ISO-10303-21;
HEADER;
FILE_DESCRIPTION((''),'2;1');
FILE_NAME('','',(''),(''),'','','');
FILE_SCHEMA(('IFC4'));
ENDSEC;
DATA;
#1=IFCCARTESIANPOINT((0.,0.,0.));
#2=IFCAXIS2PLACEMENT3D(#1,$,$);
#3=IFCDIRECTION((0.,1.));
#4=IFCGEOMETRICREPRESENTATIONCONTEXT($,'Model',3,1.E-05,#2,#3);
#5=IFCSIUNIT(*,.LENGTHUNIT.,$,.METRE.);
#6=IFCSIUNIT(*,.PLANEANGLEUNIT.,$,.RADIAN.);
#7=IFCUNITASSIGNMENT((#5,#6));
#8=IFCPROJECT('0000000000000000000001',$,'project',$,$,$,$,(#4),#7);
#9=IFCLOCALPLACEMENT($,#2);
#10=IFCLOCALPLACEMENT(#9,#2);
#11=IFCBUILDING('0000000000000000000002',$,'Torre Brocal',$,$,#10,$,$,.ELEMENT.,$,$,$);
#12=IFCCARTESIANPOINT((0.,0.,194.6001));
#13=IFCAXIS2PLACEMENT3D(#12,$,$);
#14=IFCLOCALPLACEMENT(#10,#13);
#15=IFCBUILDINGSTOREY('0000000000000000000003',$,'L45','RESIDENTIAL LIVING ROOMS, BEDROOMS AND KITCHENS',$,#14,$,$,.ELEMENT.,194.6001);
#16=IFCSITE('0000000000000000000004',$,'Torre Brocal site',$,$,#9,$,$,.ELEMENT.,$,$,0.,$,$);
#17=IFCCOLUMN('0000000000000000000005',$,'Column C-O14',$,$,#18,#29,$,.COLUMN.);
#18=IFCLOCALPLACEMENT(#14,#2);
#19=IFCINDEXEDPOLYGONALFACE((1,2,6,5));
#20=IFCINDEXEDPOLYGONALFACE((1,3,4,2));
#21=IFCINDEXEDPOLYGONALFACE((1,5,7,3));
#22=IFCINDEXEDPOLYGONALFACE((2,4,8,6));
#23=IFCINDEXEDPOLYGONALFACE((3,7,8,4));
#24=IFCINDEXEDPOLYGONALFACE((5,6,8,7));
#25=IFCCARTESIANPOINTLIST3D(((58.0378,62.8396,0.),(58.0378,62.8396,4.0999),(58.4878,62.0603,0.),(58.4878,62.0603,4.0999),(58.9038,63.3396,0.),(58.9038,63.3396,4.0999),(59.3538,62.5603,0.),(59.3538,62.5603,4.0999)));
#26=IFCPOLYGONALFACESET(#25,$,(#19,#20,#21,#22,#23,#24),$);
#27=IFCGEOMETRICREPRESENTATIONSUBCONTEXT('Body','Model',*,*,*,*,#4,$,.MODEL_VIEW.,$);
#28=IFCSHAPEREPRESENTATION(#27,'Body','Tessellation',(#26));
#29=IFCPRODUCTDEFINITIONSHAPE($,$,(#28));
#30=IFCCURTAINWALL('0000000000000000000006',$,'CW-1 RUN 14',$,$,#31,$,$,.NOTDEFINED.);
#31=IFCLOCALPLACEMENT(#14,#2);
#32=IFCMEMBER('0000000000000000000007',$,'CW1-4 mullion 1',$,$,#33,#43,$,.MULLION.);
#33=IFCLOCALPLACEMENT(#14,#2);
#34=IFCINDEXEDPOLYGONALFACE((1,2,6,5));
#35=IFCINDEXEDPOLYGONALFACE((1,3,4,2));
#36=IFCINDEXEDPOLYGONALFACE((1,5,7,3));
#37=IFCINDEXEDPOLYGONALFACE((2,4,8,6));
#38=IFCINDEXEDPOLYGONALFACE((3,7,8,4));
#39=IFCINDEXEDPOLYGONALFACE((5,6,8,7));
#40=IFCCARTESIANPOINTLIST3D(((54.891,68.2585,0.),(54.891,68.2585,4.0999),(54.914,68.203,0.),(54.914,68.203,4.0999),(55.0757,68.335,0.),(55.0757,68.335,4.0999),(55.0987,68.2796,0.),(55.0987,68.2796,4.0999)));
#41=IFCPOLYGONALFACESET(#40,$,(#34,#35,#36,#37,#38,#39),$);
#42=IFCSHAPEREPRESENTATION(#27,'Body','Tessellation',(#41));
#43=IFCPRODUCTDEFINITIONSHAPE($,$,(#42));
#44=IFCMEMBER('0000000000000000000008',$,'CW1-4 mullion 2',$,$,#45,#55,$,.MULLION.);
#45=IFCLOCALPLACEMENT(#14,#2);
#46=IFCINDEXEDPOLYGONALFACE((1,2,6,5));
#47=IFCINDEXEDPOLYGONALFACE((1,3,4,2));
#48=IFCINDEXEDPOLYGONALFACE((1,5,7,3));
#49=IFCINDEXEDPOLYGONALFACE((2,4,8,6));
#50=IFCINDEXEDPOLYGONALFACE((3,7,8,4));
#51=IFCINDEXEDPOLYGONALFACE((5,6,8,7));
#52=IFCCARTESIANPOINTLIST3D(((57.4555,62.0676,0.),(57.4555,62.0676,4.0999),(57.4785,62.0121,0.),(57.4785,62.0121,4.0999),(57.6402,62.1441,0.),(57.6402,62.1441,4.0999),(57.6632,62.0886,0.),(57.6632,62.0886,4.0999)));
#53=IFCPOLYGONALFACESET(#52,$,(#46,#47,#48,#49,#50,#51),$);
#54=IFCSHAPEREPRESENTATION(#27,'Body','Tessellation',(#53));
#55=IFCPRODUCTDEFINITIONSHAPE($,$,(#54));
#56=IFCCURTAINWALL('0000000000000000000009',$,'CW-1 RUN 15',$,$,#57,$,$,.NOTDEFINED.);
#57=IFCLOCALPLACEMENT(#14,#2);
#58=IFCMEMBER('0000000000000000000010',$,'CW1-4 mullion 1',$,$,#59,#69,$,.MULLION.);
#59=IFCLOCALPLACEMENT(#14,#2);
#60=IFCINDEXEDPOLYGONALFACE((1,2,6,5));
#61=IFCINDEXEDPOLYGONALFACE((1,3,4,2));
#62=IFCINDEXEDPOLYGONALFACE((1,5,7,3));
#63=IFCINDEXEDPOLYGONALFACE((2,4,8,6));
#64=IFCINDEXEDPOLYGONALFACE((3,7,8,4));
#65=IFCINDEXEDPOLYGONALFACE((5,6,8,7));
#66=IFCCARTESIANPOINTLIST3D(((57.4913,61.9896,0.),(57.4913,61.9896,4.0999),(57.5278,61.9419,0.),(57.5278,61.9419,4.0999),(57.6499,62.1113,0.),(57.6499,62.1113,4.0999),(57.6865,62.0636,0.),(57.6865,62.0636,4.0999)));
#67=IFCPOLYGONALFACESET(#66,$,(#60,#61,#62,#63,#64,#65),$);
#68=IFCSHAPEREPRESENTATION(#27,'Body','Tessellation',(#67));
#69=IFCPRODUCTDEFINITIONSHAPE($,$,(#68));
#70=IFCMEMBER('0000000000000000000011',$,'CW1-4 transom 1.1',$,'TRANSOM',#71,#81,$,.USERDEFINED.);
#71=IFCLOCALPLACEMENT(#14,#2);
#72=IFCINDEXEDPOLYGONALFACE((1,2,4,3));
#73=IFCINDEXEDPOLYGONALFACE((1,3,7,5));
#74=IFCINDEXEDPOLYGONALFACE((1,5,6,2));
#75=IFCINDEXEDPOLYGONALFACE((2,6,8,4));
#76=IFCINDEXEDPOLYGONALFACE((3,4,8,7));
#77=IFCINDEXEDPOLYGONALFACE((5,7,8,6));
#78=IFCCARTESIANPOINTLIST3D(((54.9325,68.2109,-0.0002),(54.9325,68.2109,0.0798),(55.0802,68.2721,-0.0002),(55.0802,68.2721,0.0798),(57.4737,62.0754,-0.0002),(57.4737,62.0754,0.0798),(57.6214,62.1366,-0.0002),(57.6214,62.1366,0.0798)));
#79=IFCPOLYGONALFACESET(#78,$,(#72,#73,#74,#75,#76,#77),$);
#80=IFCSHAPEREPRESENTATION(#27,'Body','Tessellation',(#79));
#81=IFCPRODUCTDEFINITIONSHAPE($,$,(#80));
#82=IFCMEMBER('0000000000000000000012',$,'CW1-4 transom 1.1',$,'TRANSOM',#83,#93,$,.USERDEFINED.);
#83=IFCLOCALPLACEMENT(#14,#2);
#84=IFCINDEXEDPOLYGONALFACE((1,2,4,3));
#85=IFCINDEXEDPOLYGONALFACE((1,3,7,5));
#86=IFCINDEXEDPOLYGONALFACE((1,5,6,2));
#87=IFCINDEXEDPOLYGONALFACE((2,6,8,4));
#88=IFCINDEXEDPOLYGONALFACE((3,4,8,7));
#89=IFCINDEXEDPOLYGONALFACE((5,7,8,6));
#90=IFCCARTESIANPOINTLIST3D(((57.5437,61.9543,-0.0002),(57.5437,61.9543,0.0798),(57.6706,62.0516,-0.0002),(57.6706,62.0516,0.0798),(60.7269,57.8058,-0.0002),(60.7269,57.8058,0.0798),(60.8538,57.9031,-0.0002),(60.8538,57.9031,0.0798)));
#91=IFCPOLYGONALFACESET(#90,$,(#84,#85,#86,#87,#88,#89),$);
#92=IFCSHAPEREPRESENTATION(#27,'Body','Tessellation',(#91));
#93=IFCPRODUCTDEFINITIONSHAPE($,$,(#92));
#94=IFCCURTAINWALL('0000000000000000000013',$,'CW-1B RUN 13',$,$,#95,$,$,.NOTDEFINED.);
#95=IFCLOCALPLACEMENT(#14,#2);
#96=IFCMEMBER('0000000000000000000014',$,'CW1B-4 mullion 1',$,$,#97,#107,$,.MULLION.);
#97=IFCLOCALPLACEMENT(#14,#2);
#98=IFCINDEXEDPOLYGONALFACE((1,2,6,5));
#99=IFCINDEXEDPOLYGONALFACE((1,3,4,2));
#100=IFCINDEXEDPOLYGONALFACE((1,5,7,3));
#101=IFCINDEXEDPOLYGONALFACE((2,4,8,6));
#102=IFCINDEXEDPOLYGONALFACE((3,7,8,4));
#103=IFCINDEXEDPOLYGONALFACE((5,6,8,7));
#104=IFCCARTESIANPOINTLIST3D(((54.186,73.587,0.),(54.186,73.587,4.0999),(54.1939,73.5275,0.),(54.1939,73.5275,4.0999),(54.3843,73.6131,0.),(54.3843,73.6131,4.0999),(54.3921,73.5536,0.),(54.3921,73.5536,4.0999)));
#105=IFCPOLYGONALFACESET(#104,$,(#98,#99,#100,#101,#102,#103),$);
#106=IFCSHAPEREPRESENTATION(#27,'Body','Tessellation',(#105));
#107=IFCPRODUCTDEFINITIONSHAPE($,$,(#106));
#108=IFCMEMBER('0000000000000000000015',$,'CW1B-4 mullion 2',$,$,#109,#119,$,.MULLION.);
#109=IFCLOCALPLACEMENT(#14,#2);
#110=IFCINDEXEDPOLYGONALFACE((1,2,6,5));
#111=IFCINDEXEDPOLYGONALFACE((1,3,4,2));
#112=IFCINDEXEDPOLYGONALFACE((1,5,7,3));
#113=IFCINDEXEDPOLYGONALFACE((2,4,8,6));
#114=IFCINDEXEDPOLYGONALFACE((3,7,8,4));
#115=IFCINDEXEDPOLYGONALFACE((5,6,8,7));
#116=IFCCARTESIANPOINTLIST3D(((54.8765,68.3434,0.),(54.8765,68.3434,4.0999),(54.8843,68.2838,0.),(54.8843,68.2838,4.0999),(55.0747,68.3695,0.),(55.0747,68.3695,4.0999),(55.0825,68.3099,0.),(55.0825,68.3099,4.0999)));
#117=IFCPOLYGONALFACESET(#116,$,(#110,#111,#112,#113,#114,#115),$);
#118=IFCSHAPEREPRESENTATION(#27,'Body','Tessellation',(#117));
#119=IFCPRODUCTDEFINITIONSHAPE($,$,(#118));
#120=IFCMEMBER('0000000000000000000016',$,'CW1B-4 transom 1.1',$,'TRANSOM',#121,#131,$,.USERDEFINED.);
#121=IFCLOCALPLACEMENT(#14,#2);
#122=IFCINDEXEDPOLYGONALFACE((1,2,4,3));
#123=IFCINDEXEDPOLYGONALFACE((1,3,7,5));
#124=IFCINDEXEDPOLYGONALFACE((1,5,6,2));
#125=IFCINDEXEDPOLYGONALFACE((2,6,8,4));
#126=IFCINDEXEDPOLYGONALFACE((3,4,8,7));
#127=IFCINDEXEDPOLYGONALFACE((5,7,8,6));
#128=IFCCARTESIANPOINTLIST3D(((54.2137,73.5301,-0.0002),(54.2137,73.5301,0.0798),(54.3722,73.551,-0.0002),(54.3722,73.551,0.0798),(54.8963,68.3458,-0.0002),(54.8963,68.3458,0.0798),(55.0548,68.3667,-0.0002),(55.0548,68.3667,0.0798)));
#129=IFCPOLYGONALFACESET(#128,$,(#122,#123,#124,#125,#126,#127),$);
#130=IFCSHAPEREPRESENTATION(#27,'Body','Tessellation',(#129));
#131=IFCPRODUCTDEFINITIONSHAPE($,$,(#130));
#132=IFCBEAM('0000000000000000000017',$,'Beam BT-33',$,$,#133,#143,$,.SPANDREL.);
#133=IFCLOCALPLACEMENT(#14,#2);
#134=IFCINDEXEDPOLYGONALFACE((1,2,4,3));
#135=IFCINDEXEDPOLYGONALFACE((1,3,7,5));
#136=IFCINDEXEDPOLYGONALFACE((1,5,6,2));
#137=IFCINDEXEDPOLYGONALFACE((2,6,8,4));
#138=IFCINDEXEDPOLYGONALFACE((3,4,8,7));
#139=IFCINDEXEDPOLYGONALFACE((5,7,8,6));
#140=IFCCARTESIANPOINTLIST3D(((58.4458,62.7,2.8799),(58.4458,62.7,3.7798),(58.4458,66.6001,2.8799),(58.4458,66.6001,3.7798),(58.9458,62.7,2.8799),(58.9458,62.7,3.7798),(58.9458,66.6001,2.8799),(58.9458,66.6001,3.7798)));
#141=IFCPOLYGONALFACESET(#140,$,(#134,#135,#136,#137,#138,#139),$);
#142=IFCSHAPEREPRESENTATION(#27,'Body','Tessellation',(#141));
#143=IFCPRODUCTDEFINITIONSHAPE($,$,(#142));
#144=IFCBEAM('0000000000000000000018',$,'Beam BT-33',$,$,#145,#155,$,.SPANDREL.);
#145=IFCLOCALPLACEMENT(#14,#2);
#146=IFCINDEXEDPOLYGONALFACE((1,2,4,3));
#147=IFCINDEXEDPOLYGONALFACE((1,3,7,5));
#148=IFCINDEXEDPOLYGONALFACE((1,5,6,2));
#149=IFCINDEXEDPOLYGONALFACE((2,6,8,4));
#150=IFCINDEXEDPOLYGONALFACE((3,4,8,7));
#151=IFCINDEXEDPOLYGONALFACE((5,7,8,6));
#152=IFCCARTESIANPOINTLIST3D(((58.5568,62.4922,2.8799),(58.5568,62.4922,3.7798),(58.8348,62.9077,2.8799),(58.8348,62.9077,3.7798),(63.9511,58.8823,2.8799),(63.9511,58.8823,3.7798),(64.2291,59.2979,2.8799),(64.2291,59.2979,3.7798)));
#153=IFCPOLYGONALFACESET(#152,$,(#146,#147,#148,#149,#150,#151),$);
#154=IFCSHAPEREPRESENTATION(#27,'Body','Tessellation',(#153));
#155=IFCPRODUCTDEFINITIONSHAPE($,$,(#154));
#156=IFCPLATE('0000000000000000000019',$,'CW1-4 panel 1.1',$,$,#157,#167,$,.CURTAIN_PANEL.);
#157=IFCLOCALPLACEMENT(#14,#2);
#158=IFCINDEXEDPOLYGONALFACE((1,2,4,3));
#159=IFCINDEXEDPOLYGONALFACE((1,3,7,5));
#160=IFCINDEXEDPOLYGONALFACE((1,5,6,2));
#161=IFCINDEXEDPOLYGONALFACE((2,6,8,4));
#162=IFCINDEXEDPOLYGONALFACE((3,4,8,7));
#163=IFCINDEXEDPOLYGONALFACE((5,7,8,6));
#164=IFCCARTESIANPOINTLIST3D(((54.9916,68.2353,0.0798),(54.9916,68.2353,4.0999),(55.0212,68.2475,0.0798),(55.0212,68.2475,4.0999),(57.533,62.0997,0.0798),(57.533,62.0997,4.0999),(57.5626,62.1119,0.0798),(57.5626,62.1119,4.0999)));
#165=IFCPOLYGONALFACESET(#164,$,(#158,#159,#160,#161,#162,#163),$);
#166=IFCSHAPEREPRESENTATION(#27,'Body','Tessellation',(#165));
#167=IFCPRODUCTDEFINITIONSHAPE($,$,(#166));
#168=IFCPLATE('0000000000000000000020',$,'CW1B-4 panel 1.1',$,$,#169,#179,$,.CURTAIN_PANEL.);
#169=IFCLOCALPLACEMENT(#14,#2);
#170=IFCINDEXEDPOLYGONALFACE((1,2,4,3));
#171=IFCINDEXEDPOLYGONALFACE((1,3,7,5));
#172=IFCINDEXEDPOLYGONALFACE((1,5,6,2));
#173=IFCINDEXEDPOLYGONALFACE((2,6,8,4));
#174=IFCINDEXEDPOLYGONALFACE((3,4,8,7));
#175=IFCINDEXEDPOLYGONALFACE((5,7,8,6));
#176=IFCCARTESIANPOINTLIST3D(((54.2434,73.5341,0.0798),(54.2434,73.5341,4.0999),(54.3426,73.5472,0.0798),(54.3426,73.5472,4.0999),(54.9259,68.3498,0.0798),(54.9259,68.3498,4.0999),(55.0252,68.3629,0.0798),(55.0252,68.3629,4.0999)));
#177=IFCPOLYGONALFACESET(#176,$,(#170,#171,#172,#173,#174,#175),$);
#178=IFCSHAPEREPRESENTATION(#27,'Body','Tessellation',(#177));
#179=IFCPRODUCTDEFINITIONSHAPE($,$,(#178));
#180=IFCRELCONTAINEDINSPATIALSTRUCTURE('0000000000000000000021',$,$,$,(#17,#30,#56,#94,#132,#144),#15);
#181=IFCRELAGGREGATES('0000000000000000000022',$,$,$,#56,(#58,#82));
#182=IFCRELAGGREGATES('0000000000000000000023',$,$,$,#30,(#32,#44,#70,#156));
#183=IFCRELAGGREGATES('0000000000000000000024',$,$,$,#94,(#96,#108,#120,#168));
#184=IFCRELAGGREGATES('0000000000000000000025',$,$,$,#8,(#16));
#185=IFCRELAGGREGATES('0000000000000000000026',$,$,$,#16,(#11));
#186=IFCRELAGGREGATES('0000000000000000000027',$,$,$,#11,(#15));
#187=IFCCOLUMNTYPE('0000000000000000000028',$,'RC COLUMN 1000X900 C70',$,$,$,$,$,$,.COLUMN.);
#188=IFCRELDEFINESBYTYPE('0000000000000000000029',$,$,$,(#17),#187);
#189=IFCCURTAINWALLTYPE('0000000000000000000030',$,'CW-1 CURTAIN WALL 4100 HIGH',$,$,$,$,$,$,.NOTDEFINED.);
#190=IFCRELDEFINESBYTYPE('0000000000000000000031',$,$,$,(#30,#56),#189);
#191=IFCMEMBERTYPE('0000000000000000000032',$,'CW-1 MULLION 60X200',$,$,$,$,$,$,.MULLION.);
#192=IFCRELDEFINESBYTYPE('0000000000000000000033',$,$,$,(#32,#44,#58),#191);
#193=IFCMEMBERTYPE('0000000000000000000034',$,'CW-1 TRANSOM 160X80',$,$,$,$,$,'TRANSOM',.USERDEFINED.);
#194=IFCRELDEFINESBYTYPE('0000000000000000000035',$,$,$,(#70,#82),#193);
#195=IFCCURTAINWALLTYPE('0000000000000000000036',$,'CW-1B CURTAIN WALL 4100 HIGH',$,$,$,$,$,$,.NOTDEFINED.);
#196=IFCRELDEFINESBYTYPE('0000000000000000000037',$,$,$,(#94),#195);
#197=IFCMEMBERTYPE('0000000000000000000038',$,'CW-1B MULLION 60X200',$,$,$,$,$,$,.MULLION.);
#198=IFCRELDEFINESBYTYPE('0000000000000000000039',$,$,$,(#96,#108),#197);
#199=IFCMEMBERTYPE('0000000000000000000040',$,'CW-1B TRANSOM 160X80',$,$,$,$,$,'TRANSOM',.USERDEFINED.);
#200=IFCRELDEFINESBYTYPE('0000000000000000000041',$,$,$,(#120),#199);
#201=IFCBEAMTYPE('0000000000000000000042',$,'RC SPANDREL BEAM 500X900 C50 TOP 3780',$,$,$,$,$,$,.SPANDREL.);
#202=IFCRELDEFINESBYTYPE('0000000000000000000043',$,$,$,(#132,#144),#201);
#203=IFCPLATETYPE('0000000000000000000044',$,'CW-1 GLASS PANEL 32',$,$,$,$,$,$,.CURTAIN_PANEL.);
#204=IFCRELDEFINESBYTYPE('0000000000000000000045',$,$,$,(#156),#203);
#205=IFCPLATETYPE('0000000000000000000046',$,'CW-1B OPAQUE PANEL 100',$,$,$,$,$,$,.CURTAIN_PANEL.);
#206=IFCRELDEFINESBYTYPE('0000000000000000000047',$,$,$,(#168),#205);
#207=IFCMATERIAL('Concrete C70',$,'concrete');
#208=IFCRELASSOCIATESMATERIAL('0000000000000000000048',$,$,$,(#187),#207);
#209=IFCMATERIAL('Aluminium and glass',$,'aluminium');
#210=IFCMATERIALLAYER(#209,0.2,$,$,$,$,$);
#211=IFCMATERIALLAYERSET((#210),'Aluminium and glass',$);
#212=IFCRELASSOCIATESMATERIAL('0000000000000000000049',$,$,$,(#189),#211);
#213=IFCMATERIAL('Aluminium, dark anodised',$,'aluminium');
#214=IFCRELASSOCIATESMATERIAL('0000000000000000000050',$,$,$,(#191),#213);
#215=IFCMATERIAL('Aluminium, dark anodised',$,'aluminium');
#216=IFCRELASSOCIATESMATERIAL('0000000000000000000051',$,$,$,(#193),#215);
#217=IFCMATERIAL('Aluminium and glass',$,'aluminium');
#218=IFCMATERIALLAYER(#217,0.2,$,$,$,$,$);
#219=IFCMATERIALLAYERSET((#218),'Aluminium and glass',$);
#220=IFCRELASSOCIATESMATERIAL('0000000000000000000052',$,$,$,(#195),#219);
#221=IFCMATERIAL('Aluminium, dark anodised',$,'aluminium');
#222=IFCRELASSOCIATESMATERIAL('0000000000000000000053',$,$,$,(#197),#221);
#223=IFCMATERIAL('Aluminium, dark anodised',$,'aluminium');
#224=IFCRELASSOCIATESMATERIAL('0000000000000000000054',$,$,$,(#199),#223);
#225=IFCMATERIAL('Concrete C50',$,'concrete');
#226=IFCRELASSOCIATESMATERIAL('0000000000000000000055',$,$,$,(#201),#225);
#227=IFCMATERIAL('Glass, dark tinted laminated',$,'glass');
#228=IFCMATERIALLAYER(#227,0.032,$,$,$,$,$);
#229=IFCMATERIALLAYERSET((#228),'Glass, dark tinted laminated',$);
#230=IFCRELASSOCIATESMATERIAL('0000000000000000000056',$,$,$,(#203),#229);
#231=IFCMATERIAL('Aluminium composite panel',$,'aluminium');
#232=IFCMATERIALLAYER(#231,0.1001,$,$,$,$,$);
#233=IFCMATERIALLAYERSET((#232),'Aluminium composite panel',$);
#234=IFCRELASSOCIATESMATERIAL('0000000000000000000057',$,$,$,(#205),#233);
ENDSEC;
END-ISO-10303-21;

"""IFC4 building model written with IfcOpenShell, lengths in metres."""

from ifc_helpers import new_model, si_unit, direction, frame, origin, origin_2d, place, context, subcontext, project, spatial, rectangle, extrude, material, layer, layer_set, material_profile, profile_set, type_object, element, aggregate, save


model = new_model("IFC4")

# Units and contexts
model_context = context("Model", 3, precision=1e-05, world=origin(), true_north=direction((0.0, 1.0)))
body_context = subcontext(model_context, "Body", "Model", "MODEL_VIEW")
ifc_project = project(units=[si_unit("LENGTHUNIT", "METRE"), si_unit("PLANEANGLEUNIT", "RADIAN")], contexts=[model_context])

# Site, building, storey
site_placement = place(None, origin())
site = spatial("IfcSite", under=ifc_project, at=site_placement, Name="Torre Brocal site", CompositionType="ELEMENT", RefElevation=0.0)
building_placement = place(site_placement, origin())
building = spatial("IfcBuilding", under=site, at=building_placement, Name="Torre Brocal", CompositionType="ELEMENT")
storey_placement = place(building_placement, frame((0.0, 0.0, 194.6001)))
storey = spatial("IfcBuildingStorey", under=building, at=storey_placement, Name="L45", Description="RESIDENTIAL LIVING ROOMS, BEDROOMS AND KITCHENS", CompositionType="ELEMENT", Elevation=194.6001)

# Column
ifc_material_1 = material(Name="Concrete C70", Category="concrete")
ifc_material_profile_1 = material_profile(ifc_material_1, rectangle(XDim=1.0, YDim=0.8999, at=origin_2d()), Name="RC 1000X900")
ifc_profile_set_1 = profile_set([ifc_material_profile_1], Name="Concrete C70")
column_type = type_object("IfcColumnType", Name="RC COLUMN 1000X900 C70", PredefinedType="COLUMN", material=ifc_profile_set_1)
column_placement = place(storey_placement, frame((58.6958, 62.7, 0.0), z_axis=(0.0, 0.0, 1.0), x_axis=(-0.866025, -0.5, 0.0)))
element("IfcColumn", 1, at=column_placement, inside=storey, type_object=column_type, Name="Column C-O14", PredefinedType="COLUMN", context=body_context, shape_type="SweptSolid", body=[
    extrude(rectangle(XDim=1.0, YDim=0.8999, at=origin_2d()), origin(), (0.0, 0.0, 1.0), 4.0999),
])

# Curtain wall, members
ifc_material_2 = material(Name="Aluminium and glass", Category="aluminium")
ifc_layer_1 = layer(ifc_material_2, 0.2)
ifc_layer_set_1 = layer_set([ifc_layer_1], Name="Aluminium and glass")
curtain_wall_type_1 = type_object("IfcCurtainWallType", Name="CW-1 CURTAIN WALL 4100 HIGH", PredefinedType="NOTDEFINED", material=ifc_layer_set_1)
curtain_wall_1_placement = place(storey_placement, origin())
curtain_wall_1 = element("IfcCurtainWall", 2, at=curtain_wall_1_placement, inside=storey, type_object=curtain_wall_type_1, Name="CW-1 RUN 14", PredefinedType="NOTDEFINED")
ifc_material_3 = material(Name="Aluminium, dark anodised", Category="aluminium")
ifc_material_profile_2 = material_profile(ifc_material_3, rectangle(XDim=0.2, YDim=0.0601, at=origin_2d()), Name="CW-1 MULLION 60X200")
ifc_profile_set_2 = profile_set([ifc_material_profile_2], Name="Aluminium, dark anodised")
member_type_1 = type_object("IfcMemberType", Name="CW-1 MULLION 60X200", PredefinedType="MULLION", material=ifc_profile_set_2)
member_1_placement = place(storey_placement, frame((54.9949, 68.269, 0.0), z_axis=(0.0, 0.0, 1.0), x_axis=(0.92388, 0.382683, 0.0)))
member_1 = element("IfcMember", 3, at=member_1_placement, type_object=member_type_1, Name="CW1-4 mullion 1", PredefinedType="MULLION", context=body_context, shape_type="SweptSolid", body=[
    extrude(rectangle(XDim=0.2, YDim=0.0601, at=origin_2d()), origin(), (0.0, 0.0, 1.0), 4.0999),
])
member_2_placement = place(storey_placement, frame((57.5593, 62.0781, 0.0), z_axis=(0.0, 0.0, 1.0), x_axis=(0.92388, 0.382683, 0.0)))
member_2 = element("IfcMember", 4, at=member_2_placement, type_object=member_type_1, Name="CW1-4 mullion 2", PredefinedType="MULLION", context=body_context, shape_type="SweptSolid", body=[
    extrude(rectangle(XDim=0.2, YDim=0.0601, at=origin_2d()), origin(), (0.0, 0.0, 1.0), 4.0999),
])

# Curtain wall, member
curtain_wall_2_placement = place(storey_placement, origin())
curtain_wall_2 = element("IfcCurtainWall", 5, at=curtain_wall_2_placement, inside=storey, type_object=curtain_wall_type_1, Name="CW-1 RUN 15", PredefinedType="NOTDEFINED")
member_3_placement = place(storey_placement, frame((57.5889, 62.0266, 0.0), z_axis=(0.0, 0.0, 1.0), x_axis=(0.793353, 0.608761, 0.0)))
member_3 = element("IfcMember", 6, at=member_3_placement, type_object=member_type_1, Name="CW1-4 mullion 1", PredefinedType="MULLION", context=body_context, shape_type="SweptSolid", body=[
    extrude(rectangle(XDim=0.2, YDim=0.0601, at=origin_2d()), origin(), (0.0, 0.0, 1.0), 4.0999),
])

# Members
ifc_material_4 = material(Name="Aluminium, dark anodised", Category="aluminium")
ifc_material_profile_3 = material_profile(ifc_material_4, rectangle(XDim=0.1599, YDim=0.0801, at=origin_2d()), Name="CW-1 TRANSOM 160X80")
ifc_profile_set_3 = profile_set([ifc_material_profile_3], Name="Aluminium, dark anodised")
member_type_2 = type_object("IfcMemberType", Name="CW-1 TRANSOM 160X80", ElementType="TRANSOM", PredefinedType="USERDEFINED", material=ifc_profile_set_3)
member_4_placement = place(storey_placement, frame((55.0063, 68.2415, 0.0398), z_axis=(0.382665, -0.923887, 0.0), x_axis=(0.923887, 0.382665, 0.0)))
member_4 = element("IfcMember", 7, at=member_4_placement, type_object=member_type_2, Name="CW1-4 transom 1.1", ObjectType="TRANSOM", PredefinedType="USERDEFINED", context=body_context, shape_type="SweptSolid", body=[
    extrude(rectangle(XDim=0.1599, YDim=0.0801, at=origin_2d()), origin(), (0.0, 0.0, 1.0), 6.6409),
])
member_5_placement = place(storey_placement, frame((57.6072, 62.0029, 0.0398), z_axis=(0.608749, -0.793363, 0.0), x_axis=(0.793363, 0.608749, 0.0)))
member_5 = element("IfcMember", 8, at=member_5_placement, type_object=member_type_2, Name="CW1-4 transom 1.1", ObjectType="TRANSOM", PredefinedType="USERDEFINED", context=body_context, shape_type="SweptSolid", body=[
    extrude(rectangle(XDim=0.1599, YDim=0.0801, at=origin_2d()), origin(), (0.0, 0.0, 1.0), 5.229),
])
aggregate(curtain_wall_2, [member_3, member_5])

# Curtain wall, members
ifc_material_5 = material(Name="Aluminium and glass", Category="aluminium")
ifc_layer_2 = layer(ifc_material_5, 0.2)
ifc_layer_set_2 = layer_set([ifc_layer_2], Name="Aluminium and glass")
curtain_wall_type_2 = type_object("IfcCurtainWallType", Name="CW-1B CURTAIN WALL 4100 HIGH", PredefinedType="NOTDEFINED", material=ifc_layer_set_2)
curtain_wall_3_placement = place(storey_placement, origin())
curtain_wall_3 = element("IfcCurtainWall", 9, at=curtain_wall_3_placement, inside=storey, type_object=curtain_wall_type_2, Name="CW-1B RUN 13", PredefinedType="NOTDEFINED")
ifc_material_6 = material(Name="Aluminium, dark anodised", Category="aluminium")
ifc_material_profile_4 = material_profile(ifc_material_6, rectangle(XDim=0.2, YDim=0.0601, at=origin_2d()), Name="CW-1B MULLION 60X200")
ifc_profile_set_4 = profile_set([ifc_material_profile_4], Name="Aluminium, dark anodised")
member_type_3 = type_object("IfcMemberType", Name="CW-1B MULLION 60X200", PredefinedType="MULLION", material=ifc_profile_set_4)
member_6_placement = place(storey_placement, frame((54.2891, 73.5703, 0.0), z_axis=(0.0, 0.0, 1.0), x_axis=(0.991445, 0.130526, 0.0)))
member_6 = element("IfcMember", 10, at=member_6_placement, type_object=member_type_3, Name="CW1B-4 mullion 1", PredefinedType="MULLION", context=body_context, shape_type="SweptSolid", body=[
    extrude(rectangle(XDim=0.2, YDim=0.0601, at=origin_2d()), origin(), (0.0, 0.0, 1.0), 4.0999),
])
member_7_placement = place(storey_placement, frame((54.9795, 68.3267, 0.0), z_axis=(0.0, 0.0, 1.0), x_axis=(0.991445, 0.130526, 0.0)))
member_7 = element("IfcMember", 11, at=member_7_placement, type_object=member_type_3, Name="CW1B-4 mullion 2", PredefinedType="MULLION", context=body_context, shape_type="SweptSolid", body=[
    extrude(rectangle(XDim=0.2, YDim=0.0601, at=origin_2d()), origin(), (0.0, 0.0, 1.0), 4.0999),
])
ifc_material_7 = material(Name="Aluminium, dark anodised", Category="aluminium")
ifc_material_profile_5 = material_profile(ifc_material_7, rectangle(XDim=0.1599, YDim=0.0801, at=origin_2d()), Name="CW-1B TRANSOM 160X80")
ifc_profile_set_5 = profile_set([ifc_material_profile_5], Name="Aluminium, dark anodised")
member_type_4 = type_object("IfcMemberType", Name="CW-1B TRANSOM 160X80", ElementType="TRANSOM", PredefinedType="USERDEFINED", material=ifc_profile_set_5)
member_8_placement = place(storey_placement, frame((54.293, 73.5405, 0.0398), z_axis=(0.130543, -0.991443, 0.0), x_axis=(0.991443, 0.130543, 0.0)))
member_8 = element("IfcMember", 12, at=member_8_placement, type_object=member_type_4, Name="CW1B-4 transom 1.1", ObjectType="TRANSOM", PredefinedType="USERDEFINED", context=body_context, shape_type="SweptSolid", body=[
    extrude(rectangle(XDim=0.1599, YDim=0.0801, at=origin_2d()), origin(), (0.0, 0.0, 1.0), 5.229),
])

# Beams
ifc_material_8 = material(Name="Concrete C50", Category="concrete")
ifc_material_profile_6 = material_profile(ifc_material_8, rectangle(XDim=0.5, YDim=0.8999, at=origin_2d()), Name="RC 500X900")
ifc_profile_set_6 = profile_set([ifc_material_profile_6], Name="Concrete C50")
beam_type = type_object("IfcBeamType", Name="RC SPANDREL BEAM 500X900 C50 TOP 3780", PredefinedType="SPANDREL", material=ifc_profile_set_6)
beam_1_placement = place(storey_placement, frame((58.6958, 62.7, 3.3298), z_axis=(0.0, 1.0, 0.0), x_axis=(-1.0, 0.0, 0.0)))
element("IfcBeam", 13, at=beam_1_placement, inside=storey, type_object=beam_type, Name="Beam BT-33", PredefinedType="SPANDREL", context=body_context, shape_type="SweptSolid", body=[
    extrude(rectangle(XDim=0.5, YDim=0.8999, at=origin_2d()), origin(), (0.0, 0.0, 1.0), 3.9001),
])
beam_2_placement = place(storey_placement, frame((58.6958, 62.7, 3.3298), z_axis=(0.831077, -0.556158, 0.0), x_axis=(0.556158, 0.831077, 0.0)))
element("IfcBeam", 14, at=beam_2_placement, inside=storey, type_object=beam_type, Name="Beam BT-33", PredefinedType="SPANDREL", context=body_context, shape_type="SweptSolid", body=[
    extrude(rectangle(XDim=0.5, YDim=0.8999, at=origin_2d()), origin(), (0.0, 0.0, 1.0), 6.4907),
])

# Plates
ifc_material_9 = material(Name="Glass, dark tinted laminated", Category="glass")
ifc_layer_3 = layer(ifc_material_9, 0.032)
ifc_layer_set_3 = layer_set([ifc_layer_3], Name="Glass, dark tinted laminated")
plate_type_1 = type_object("IfcPlateType", Name="CW-1 GLASS PANEL 32", PredefinedType="CURTAIN_PANEL", material=ifc_layer_set_3)
plate_1_placement = place(storey_placement, frame((56.2771, 65.1736, 0.0798), z_axis=(0.0, 0.0, 1.0), x_axis=(0.382683, -0.92388, 0.0)))
plate_1 = element("IfcPlate", 15, at=plate_1_placement, type_object=plate_type_1, Name="CW1-4 panel 1.1", PredefinedType="CURTAIN_PANEL", context=body_context, shape_type="SweptSolid", body=[
    extrude(rectangle(XDim=6.6411, YDim=0.032, at=origin_2d()), origin(), (0.0, 0.0, 1.0), 4.02),
])
aggregate(curtain_wall_1, [member_1, member_2, member_4, plate_1])
ifc_material_10 = material(Name="Aluminium composite panel", Category="aluminium")
ifc_layer_4 = layer(ifc_material_10, 0.1001)
ifc_layer_set_4 = layer_set([ifc_layer_4], Name="Aluminium composite panel")
plate_type_2 = type_object("IfcPlateType", Name="CW-1B OPAQUE PANEL 100", PredefinedType="CURTAIN_PANEL", material=ifc_layer_set_4)
plate_2_placement = place(storey_placement, frame((54.6343, 70.9485, 0.0798), z_axis=(0.0, 0.0, 1.0), x_axis=(0.130526, -0.991445, 0.0)))
plate_2 = element("IfcPlate", 16, at=plate_2_placement, type_object=plate_type_2, Name="CW1B-4 panel 1.1", PredefinedType="CURTAIN_PANEL", context=body_context, shape_type="SweptSolid", body=[
    extrude(rectangle(XDim=5.229, YDim=0.1001, at=origin_2d()), origin(), (0.0, 0.0, 1.0), 4.02),
])
aggregate(curtain_wall_3, [member_6, member_7, member_8, plate_2])

save(model, "model.ifc")
